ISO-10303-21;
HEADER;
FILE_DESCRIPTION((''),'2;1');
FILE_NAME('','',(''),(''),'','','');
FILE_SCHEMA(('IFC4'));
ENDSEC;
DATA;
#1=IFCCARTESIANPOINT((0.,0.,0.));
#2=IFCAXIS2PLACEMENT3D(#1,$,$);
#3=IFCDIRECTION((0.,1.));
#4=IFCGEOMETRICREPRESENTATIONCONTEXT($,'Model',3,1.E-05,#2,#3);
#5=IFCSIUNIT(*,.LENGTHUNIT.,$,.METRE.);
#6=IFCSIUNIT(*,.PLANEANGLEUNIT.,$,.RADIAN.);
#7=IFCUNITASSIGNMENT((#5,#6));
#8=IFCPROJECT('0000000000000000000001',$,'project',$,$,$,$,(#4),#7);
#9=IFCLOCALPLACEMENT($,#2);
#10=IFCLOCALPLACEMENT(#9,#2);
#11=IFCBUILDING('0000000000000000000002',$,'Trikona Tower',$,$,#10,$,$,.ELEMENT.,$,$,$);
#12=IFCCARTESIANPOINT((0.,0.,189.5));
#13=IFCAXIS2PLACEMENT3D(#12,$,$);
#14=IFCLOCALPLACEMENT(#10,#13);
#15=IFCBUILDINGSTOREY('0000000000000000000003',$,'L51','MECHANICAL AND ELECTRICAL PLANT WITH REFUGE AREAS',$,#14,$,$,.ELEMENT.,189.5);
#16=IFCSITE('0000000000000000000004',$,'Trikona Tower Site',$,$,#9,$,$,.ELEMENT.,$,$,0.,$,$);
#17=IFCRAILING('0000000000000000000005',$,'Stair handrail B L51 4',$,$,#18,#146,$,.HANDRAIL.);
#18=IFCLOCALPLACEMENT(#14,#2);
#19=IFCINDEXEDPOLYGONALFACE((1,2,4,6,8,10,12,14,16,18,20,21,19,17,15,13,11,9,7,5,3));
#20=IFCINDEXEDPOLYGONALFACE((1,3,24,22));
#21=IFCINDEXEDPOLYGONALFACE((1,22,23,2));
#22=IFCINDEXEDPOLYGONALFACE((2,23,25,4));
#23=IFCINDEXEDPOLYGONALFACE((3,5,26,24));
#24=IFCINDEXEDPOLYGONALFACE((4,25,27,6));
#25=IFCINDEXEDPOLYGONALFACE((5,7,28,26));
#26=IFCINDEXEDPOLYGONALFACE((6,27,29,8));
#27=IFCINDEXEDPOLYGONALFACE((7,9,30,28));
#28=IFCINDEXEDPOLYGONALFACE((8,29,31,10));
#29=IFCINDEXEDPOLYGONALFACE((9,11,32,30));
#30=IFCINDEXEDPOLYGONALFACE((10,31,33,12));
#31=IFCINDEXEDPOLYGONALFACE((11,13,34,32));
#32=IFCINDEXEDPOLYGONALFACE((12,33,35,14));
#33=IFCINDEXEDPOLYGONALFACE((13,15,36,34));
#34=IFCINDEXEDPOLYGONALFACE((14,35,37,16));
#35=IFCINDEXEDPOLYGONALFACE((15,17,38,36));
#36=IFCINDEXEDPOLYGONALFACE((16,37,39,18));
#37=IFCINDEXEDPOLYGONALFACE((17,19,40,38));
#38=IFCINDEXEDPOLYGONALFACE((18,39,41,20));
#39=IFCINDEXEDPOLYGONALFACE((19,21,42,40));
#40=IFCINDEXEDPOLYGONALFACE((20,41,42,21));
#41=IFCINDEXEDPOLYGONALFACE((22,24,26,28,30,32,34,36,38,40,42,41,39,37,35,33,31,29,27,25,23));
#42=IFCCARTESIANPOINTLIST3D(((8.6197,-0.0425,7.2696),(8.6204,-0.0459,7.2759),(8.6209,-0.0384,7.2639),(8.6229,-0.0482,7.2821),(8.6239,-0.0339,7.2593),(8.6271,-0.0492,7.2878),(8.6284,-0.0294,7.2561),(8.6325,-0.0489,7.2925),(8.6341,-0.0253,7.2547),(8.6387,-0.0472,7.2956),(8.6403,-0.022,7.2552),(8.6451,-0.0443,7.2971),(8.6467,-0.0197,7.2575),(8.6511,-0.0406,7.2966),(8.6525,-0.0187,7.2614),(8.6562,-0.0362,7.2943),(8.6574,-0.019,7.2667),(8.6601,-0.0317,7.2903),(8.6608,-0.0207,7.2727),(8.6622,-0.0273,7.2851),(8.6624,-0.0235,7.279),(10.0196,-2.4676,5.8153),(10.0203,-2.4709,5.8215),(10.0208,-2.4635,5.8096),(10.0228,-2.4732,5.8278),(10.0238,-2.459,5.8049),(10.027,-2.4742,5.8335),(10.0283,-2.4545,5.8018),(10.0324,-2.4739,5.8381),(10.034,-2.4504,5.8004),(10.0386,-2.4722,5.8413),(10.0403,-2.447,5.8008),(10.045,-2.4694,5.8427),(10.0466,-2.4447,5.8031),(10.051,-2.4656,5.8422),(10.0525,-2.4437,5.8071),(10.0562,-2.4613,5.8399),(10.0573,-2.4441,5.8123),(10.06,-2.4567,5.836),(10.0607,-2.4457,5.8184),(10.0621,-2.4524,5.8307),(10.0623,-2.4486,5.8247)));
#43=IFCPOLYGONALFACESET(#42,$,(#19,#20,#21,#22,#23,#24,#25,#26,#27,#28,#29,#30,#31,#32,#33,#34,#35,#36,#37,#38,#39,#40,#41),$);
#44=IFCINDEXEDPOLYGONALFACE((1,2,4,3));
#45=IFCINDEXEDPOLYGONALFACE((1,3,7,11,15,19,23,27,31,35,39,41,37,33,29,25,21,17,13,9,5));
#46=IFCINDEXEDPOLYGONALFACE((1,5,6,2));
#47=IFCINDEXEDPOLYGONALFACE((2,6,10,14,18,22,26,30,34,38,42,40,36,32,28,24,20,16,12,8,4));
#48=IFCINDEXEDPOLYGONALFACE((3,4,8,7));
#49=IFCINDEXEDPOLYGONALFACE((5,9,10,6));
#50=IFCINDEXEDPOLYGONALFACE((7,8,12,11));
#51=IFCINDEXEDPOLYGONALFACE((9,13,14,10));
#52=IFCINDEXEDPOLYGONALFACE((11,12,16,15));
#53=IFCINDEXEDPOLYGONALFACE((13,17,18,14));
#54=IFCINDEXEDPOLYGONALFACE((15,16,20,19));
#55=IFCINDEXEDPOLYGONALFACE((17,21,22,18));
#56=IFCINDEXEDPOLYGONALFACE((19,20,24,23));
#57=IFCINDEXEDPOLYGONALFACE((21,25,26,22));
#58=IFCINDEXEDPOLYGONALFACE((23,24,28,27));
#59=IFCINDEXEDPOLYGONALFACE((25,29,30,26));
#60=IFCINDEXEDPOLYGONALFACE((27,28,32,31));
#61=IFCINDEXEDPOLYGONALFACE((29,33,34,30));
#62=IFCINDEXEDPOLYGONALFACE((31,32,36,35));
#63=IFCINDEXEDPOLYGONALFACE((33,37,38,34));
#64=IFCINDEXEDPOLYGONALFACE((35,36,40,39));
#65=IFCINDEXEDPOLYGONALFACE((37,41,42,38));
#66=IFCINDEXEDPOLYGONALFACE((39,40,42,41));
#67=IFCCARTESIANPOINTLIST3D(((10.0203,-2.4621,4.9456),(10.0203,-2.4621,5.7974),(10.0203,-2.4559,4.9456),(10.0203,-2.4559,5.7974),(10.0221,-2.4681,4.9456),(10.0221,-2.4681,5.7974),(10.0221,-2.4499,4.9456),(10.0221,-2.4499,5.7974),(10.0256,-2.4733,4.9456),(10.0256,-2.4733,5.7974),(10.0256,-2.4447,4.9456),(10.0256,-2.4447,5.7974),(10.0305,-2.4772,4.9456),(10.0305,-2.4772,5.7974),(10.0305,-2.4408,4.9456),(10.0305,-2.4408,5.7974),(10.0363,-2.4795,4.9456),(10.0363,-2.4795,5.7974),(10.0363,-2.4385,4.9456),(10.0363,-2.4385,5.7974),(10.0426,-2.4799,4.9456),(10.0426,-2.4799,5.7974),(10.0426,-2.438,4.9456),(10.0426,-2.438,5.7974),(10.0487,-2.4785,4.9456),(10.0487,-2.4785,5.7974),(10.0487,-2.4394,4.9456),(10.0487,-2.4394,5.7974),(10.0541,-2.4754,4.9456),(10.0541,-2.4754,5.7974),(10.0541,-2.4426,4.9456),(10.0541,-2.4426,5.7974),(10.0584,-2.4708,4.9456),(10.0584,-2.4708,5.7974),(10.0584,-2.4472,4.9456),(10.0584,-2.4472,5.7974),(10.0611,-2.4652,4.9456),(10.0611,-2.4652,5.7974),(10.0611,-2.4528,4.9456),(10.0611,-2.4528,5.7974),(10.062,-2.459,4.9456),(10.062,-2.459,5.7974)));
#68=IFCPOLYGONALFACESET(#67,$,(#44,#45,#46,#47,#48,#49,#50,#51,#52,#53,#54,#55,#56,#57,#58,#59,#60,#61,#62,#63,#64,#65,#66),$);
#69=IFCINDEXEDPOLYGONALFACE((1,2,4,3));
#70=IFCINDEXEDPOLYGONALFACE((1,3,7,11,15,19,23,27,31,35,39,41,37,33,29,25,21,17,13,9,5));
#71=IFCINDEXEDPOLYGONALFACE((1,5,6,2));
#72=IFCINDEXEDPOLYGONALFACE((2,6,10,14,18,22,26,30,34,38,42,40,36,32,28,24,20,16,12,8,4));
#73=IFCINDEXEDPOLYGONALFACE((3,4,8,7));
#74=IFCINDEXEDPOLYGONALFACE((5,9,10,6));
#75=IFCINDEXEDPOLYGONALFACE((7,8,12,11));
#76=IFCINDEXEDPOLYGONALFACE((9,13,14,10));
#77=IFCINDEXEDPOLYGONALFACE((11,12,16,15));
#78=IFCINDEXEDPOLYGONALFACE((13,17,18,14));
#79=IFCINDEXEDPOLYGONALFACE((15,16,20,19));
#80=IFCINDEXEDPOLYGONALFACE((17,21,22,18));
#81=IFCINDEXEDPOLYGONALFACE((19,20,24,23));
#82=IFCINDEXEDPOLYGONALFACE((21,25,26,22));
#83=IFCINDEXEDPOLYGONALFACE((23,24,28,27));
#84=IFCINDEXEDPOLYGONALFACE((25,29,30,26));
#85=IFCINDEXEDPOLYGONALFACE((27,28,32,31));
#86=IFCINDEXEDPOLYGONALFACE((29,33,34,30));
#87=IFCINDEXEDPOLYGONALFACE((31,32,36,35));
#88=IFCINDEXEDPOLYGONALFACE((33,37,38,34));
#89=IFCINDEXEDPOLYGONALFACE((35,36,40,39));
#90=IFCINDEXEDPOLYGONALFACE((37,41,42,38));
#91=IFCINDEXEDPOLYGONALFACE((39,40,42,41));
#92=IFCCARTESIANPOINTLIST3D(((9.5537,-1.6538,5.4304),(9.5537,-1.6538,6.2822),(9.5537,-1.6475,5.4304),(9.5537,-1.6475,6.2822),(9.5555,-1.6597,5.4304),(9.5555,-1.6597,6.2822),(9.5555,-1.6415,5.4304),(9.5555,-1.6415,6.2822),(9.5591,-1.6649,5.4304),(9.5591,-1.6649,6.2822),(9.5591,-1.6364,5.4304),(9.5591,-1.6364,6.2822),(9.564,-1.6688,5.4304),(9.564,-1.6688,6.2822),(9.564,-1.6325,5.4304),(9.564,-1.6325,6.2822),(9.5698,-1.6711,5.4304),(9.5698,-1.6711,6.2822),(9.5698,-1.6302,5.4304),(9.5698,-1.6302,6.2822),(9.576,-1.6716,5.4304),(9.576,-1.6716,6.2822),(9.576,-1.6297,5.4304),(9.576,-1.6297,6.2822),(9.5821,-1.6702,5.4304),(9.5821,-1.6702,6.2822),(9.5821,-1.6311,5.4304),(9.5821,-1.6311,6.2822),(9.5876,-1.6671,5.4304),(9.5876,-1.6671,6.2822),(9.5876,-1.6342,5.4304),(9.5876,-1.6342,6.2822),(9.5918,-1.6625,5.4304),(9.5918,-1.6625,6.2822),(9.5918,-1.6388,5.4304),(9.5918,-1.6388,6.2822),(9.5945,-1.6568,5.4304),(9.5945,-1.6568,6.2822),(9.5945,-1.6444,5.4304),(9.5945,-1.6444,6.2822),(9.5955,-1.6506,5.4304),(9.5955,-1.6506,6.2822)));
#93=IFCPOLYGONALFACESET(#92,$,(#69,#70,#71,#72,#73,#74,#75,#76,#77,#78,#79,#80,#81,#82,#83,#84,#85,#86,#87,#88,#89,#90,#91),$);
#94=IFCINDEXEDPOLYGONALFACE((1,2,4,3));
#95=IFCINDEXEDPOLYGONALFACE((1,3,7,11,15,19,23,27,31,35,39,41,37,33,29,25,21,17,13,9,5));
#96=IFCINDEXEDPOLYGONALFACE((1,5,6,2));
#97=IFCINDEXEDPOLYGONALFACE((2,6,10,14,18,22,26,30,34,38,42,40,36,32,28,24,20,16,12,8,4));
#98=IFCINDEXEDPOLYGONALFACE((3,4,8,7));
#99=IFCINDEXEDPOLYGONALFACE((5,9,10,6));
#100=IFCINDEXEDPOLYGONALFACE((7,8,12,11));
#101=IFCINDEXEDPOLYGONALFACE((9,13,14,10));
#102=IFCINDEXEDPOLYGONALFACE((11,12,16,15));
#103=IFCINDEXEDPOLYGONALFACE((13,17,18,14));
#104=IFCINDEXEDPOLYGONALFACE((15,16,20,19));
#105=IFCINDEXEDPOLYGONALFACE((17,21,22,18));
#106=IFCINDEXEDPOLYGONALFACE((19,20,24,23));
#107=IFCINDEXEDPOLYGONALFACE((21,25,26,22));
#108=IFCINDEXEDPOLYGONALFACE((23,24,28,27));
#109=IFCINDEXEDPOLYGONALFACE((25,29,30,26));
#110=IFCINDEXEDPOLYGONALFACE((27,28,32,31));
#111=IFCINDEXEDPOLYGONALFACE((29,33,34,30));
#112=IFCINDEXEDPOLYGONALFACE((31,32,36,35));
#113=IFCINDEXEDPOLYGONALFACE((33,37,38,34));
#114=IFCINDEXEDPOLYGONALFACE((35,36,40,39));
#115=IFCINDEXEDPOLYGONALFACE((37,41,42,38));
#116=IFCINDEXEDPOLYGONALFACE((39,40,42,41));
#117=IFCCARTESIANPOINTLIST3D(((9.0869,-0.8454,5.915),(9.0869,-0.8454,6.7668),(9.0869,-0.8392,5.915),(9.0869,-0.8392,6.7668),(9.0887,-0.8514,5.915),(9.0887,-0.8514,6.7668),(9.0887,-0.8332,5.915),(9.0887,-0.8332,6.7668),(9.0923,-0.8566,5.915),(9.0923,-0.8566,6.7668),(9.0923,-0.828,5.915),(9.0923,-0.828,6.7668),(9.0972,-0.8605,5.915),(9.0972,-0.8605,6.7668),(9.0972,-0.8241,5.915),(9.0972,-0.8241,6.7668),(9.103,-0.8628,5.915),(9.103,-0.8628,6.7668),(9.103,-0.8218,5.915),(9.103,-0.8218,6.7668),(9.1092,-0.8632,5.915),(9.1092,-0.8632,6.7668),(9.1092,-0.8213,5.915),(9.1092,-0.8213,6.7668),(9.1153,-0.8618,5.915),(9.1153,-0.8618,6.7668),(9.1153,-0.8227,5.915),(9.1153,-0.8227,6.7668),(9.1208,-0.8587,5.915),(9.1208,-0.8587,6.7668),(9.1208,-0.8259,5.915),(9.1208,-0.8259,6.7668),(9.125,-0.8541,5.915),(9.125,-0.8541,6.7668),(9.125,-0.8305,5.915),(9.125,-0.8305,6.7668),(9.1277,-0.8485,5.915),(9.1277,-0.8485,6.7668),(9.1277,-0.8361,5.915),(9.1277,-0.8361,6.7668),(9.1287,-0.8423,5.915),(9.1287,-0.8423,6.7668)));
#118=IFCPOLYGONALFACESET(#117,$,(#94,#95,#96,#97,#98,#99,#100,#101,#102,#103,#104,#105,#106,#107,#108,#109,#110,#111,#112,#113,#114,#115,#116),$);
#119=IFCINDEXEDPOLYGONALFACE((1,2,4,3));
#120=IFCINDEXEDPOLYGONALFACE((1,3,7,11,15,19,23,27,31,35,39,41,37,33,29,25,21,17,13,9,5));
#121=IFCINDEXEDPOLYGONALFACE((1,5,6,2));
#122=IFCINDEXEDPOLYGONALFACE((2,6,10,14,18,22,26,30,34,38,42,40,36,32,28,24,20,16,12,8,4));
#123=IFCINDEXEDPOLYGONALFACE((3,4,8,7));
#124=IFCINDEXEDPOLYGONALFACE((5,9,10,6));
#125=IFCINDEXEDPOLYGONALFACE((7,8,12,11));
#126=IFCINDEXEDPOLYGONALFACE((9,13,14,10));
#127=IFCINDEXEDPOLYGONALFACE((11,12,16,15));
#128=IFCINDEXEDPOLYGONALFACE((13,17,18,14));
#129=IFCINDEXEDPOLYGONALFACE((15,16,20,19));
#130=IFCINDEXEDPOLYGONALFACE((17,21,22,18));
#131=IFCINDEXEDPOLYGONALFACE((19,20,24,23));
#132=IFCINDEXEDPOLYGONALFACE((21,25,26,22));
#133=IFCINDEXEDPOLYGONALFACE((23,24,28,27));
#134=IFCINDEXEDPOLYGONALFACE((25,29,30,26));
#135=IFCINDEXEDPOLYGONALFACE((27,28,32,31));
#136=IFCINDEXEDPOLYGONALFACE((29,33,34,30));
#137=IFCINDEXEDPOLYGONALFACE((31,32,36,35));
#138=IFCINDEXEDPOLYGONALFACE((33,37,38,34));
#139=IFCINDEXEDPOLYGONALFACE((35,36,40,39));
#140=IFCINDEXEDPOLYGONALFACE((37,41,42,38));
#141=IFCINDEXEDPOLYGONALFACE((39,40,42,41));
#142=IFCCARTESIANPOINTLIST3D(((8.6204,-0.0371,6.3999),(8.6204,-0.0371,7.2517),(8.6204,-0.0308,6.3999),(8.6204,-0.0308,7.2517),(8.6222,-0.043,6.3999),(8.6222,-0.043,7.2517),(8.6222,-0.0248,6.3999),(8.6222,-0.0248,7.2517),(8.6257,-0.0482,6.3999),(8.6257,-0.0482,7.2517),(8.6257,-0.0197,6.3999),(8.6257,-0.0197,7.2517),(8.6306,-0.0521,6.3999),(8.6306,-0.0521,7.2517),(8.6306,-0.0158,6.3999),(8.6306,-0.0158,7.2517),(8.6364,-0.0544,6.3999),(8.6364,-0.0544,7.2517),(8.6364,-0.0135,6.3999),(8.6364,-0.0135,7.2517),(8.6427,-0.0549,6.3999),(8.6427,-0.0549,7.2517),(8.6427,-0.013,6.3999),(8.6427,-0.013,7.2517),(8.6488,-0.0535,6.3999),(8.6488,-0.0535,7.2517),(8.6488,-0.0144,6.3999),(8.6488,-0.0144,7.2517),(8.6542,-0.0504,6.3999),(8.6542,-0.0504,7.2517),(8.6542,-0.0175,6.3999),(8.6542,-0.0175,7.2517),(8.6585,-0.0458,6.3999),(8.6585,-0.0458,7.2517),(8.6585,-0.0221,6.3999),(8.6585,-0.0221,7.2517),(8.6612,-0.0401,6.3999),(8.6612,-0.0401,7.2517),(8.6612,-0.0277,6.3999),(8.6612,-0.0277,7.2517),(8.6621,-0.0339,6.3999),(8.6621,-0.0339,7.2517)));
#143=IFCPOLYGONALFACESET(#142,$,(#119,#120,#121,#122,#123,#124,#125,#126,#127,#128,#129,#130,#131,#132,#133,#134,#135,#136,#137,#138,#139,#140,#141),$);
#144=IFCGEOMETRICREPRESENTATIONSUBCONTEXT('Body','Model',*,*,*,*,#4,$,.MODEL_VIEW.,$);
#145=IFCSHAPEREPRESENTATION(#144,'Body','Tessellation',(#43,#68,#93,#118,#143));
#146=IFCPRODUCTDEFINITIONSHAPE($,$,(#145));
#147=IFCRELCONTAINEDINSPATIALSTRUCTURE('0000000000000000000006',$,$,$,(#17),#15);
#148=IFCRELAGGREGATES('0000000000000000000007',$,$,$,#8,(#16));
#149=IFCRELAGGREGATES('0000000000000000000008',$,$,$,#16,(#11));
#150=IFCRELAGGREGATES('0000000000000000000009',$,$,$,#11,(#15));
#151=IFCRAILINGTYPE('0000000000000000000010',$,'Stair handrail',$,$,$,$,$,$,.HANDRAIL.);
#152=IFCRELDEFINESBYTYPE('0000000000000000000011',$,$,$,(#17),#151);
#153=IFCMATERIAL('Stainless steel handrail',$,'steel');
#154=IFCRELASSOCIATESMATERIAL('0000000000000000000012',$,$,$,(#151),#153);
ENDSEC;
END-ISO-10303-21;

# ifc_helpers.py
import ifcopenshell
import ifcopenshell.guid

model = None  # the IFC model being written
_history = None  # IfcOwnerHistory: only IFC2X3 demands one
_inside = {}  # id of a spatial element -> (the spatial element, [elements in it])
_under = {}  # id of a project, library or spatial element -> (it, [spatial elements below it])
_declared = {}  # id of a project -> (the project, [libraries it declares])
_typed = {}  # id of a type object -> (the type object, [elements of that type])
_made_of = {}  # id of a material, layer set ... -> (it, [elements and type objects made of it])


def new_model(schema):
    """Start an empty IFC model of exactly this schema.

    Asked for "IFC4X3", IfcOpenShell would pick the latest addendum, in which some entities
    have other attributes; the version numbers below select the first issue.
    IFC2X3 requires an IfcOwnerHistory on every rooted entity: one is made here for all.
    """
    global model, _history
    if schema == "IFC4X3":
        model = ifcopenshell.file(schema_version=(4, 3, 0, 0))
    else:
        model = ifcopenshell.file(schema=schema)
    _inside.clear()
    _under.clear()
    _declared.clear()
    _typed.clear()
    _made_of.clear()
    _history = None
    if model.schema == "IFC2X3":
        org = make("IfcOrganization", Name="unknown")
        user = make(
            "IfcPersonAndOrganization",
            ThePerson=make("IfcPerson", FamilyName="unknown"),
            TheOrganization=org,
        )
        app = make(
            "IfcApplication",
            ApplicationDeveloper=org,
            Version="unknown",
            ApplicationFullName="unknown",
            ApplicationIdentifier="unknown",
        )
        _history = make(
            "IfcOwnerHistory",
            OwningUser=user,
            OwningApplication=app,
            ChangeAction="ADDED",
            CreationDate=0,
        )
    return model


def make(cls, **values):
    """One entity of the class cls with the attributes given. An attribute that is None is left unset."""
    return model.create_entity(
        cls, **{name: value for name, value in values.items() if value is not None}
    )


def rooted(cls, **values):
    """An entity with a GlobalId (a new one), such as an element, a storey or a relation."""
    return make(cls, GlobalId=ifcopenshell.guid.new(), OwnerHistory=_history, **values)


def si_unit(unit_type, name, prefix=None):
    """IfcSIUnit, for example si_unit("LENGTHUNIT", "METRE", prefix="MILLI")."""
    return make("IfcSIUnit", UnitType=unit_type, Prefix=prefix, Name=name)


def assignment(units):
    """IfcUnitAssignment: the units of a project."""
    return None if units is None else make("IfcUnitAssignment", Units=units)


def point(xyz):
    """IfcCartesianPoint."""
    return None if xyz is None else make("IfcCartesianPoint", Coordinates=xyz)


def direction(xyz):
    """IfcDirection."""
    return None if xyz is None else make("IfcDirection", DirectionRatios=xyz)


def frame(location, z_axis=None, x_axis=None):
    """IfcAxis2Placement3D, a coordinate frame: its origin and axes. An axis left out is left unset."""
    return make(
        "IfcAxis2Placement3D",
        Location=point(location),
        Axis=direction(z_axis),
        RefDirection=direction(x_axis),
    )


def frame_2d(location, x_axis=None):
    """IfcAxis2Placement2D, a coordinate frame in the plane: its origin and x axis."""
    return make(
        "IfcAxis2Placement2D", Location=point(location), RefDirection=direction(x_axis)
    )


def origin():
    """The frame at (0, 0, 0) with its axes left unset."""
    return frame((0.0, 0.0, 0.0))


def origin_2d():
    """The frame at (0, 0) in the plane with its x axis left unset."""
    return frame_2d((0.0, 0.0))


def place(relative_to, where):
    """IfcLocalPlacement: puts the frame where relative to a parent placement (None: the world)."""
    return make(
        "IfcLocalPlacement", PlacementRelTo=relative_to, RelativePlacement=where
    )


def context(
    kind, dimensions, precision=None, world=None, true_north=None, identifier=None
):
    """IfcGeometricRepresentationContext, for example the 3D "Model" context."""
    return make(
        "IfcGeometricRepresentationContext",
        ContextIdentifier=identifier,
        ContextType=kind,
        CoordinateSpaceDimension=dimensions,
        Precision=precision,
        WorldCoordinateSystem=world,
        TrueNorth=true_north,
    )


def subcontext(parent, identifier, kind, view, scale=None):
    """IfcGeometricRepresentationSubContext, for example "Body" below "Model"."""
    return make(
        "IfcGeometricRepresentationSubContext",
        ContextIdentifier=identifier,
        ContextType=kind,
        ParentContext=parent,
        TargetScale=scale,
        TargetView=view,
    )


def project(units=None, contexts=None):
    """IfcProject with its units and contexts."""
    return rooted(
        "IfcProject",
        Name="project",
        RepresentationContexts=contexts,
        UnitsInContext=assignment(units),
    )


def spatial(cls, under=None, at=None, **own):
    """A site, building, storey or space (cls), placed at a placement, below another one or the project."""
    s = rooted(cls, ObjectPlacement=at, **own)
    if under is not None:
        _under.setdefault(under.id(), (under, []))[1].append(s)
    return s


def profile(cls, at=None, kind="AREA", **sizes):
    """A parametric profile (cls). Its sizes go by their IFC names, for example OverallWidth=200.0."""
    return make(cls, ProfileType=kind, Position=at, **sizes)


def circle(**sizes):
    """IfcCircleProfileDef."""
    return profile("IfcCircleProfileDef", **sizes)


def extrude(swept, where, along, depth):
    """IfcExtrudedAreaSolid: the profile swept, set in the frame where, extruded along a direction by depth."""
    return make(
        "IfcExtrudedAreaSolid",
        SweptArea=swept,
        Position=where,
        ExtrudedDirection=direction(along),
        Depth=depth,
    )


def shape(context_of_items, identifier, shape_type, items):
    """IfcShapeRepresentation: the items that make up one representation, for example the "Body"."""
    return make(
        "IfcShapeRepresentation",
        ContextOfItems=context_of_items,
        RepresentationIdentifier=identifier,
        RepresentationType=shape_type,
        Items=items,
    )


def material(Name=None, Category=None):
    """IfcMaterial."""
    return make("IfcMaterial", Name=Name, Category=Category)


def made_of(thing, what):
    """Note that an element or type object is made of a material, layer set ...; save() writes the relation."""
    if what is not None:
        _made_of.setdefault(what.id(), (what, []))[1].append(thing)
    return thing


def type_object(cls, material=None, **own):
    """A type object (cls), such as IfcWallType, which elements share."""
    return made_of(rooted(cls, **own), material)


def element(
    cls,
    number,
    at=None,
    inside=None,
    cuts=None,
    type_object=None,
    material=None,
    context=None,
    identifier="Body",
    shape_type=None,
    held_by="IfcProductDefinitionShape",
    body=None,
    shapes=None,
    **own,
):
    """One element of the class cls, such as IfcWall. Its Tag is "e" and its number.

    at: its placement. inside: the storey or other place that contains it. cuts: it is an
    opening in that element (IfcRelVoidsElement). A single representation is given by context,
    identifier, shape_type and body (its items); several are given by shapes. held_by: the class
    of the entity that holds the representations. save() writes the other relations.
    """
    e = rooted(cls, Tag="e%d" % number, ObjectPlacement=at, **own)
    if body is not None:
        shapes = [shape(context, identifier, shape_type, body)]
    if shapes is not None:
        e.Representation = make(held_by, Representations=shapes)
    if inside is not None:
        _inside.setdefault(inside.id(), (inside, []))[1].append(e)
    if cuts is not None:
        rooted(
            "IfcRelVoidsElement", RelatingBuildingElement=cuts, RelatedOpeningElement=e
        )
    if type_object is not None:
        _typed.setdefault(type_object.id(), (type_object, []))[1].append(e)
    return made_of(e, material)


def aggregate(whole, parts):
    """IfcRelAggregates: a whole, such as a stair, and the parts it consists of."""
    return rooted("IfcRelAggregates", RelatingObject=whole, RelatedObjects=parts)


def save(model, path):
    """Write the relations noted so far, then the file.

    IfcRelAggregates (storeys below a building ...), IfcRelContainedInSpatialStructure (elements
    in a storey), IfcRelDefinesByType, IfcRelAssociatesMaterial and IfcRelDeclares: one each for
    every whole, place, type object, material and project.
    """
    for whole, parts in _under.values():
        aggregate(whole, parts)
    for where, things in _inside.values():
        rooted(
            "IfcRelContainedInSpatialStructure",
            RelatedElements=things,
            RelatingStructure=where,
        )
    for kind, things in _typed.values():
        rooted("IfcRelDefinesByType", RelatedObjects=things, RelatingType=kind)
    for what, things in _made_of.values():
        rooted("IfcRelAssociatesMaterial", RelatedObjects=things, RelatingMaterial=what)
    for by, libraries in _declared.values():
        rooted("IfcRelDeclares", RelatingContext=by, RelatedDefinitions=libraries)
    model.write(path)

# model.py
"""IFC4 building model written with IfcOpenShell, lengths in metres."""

from ifc_helpers import new_model, si_unit, direction, frame, origin, origin_2d, place, context, subcontext, project, spatial, circle, extrude, material, type_object, element, save


model = new_model("IFC4")

# Units and contexts
model_context = context("Model", 3, precision=1e-05, world=origin(), true_north=direction((0.0, 1.0)))
body_context = subcontext(model_context, "Body", "Model", "MODEL_VIEW")
ifc_project = project(units=[si_unit("LENGTHUNIT", "METRE"), si_unit("PLANEANGLEUNIT", "RADIAN")], contexts=[model_context])

# Site, building, storey
site_placement = place(None, origin())
site = spatial("IfcSite", under=ifc_project, at=site_placement, Name="Trikona Tower Site", CompositionType="ELEMENT", RefElevation=0.0)
building_placement = place(site_placement, origin())
building = spatial("IfcBuilding", under=site, at=building_placement, Name="Trikona Tower", CompositionType="ELEMENT")
storey_placement = place(building_placement, frame((0.0, 0.0, 189.5)))
storey = spatial("IfcBuildingStorey", under=building, at=storey_placement, Name="L51", Description="MECHANICAL AND ELECTRICAL PLANT WITH REFUGE AREAS", CompositionType="ELEMENT", Elevation=189.5)

# Railing
ifc_material_1 = material(Name="Stainless steel handrail", Category="steel")
railing_type = type_object("IfcRailingType", Name="Stair handrail", PredefinedType="HANDRAIL", material=ifc_material_1)
for number, where, name in (
    (1, (10.041, -2.459, 4.9456), "Stair handrail B L51 4"),
):
    element("IfcRailing", number, at=place(storey_placement, frame(where)), inside=storey, type_object=railing_type, Name=name, PredefinedType="HANDRAIL", context=body_context, shape_type="SweptSolid", body=[
        extrude(circle(Radius=0.0239, at=origin_2d()), frame((0.0, 0.0, 0.876), z_axis=(-0.443672, 0.768572, 0.460926), x_axis=(-0.866056, -0.499946, 0.0)), (0.0, 0.0, 1.0), 3.1553),
        extrude(circle(Radius=0.021, at=origin_2d()), origin(), (0.0, 0.0, 1.0), 0.8518),
        extrude(circle(Radius=0.021, at=origin_2d()), frame((-0.4666, 0.8083, 0.4849)), (0.0, 0.0, 1.0), 0.8518),
        extrude(circle(Radius=0.021, at=origin_2d()), frame((-0.9333, 1.6167, 0.9695)), (0.0, 0.0, 1.0), 0.8518),
        extrude(circle(Radius=0.021, at=origin_2d()), frame((-1.3999, 2.425, 1.4543)), (0.0, 0.0, 1.0), 0.8518),
    ])

save(model, "model.ifc")
